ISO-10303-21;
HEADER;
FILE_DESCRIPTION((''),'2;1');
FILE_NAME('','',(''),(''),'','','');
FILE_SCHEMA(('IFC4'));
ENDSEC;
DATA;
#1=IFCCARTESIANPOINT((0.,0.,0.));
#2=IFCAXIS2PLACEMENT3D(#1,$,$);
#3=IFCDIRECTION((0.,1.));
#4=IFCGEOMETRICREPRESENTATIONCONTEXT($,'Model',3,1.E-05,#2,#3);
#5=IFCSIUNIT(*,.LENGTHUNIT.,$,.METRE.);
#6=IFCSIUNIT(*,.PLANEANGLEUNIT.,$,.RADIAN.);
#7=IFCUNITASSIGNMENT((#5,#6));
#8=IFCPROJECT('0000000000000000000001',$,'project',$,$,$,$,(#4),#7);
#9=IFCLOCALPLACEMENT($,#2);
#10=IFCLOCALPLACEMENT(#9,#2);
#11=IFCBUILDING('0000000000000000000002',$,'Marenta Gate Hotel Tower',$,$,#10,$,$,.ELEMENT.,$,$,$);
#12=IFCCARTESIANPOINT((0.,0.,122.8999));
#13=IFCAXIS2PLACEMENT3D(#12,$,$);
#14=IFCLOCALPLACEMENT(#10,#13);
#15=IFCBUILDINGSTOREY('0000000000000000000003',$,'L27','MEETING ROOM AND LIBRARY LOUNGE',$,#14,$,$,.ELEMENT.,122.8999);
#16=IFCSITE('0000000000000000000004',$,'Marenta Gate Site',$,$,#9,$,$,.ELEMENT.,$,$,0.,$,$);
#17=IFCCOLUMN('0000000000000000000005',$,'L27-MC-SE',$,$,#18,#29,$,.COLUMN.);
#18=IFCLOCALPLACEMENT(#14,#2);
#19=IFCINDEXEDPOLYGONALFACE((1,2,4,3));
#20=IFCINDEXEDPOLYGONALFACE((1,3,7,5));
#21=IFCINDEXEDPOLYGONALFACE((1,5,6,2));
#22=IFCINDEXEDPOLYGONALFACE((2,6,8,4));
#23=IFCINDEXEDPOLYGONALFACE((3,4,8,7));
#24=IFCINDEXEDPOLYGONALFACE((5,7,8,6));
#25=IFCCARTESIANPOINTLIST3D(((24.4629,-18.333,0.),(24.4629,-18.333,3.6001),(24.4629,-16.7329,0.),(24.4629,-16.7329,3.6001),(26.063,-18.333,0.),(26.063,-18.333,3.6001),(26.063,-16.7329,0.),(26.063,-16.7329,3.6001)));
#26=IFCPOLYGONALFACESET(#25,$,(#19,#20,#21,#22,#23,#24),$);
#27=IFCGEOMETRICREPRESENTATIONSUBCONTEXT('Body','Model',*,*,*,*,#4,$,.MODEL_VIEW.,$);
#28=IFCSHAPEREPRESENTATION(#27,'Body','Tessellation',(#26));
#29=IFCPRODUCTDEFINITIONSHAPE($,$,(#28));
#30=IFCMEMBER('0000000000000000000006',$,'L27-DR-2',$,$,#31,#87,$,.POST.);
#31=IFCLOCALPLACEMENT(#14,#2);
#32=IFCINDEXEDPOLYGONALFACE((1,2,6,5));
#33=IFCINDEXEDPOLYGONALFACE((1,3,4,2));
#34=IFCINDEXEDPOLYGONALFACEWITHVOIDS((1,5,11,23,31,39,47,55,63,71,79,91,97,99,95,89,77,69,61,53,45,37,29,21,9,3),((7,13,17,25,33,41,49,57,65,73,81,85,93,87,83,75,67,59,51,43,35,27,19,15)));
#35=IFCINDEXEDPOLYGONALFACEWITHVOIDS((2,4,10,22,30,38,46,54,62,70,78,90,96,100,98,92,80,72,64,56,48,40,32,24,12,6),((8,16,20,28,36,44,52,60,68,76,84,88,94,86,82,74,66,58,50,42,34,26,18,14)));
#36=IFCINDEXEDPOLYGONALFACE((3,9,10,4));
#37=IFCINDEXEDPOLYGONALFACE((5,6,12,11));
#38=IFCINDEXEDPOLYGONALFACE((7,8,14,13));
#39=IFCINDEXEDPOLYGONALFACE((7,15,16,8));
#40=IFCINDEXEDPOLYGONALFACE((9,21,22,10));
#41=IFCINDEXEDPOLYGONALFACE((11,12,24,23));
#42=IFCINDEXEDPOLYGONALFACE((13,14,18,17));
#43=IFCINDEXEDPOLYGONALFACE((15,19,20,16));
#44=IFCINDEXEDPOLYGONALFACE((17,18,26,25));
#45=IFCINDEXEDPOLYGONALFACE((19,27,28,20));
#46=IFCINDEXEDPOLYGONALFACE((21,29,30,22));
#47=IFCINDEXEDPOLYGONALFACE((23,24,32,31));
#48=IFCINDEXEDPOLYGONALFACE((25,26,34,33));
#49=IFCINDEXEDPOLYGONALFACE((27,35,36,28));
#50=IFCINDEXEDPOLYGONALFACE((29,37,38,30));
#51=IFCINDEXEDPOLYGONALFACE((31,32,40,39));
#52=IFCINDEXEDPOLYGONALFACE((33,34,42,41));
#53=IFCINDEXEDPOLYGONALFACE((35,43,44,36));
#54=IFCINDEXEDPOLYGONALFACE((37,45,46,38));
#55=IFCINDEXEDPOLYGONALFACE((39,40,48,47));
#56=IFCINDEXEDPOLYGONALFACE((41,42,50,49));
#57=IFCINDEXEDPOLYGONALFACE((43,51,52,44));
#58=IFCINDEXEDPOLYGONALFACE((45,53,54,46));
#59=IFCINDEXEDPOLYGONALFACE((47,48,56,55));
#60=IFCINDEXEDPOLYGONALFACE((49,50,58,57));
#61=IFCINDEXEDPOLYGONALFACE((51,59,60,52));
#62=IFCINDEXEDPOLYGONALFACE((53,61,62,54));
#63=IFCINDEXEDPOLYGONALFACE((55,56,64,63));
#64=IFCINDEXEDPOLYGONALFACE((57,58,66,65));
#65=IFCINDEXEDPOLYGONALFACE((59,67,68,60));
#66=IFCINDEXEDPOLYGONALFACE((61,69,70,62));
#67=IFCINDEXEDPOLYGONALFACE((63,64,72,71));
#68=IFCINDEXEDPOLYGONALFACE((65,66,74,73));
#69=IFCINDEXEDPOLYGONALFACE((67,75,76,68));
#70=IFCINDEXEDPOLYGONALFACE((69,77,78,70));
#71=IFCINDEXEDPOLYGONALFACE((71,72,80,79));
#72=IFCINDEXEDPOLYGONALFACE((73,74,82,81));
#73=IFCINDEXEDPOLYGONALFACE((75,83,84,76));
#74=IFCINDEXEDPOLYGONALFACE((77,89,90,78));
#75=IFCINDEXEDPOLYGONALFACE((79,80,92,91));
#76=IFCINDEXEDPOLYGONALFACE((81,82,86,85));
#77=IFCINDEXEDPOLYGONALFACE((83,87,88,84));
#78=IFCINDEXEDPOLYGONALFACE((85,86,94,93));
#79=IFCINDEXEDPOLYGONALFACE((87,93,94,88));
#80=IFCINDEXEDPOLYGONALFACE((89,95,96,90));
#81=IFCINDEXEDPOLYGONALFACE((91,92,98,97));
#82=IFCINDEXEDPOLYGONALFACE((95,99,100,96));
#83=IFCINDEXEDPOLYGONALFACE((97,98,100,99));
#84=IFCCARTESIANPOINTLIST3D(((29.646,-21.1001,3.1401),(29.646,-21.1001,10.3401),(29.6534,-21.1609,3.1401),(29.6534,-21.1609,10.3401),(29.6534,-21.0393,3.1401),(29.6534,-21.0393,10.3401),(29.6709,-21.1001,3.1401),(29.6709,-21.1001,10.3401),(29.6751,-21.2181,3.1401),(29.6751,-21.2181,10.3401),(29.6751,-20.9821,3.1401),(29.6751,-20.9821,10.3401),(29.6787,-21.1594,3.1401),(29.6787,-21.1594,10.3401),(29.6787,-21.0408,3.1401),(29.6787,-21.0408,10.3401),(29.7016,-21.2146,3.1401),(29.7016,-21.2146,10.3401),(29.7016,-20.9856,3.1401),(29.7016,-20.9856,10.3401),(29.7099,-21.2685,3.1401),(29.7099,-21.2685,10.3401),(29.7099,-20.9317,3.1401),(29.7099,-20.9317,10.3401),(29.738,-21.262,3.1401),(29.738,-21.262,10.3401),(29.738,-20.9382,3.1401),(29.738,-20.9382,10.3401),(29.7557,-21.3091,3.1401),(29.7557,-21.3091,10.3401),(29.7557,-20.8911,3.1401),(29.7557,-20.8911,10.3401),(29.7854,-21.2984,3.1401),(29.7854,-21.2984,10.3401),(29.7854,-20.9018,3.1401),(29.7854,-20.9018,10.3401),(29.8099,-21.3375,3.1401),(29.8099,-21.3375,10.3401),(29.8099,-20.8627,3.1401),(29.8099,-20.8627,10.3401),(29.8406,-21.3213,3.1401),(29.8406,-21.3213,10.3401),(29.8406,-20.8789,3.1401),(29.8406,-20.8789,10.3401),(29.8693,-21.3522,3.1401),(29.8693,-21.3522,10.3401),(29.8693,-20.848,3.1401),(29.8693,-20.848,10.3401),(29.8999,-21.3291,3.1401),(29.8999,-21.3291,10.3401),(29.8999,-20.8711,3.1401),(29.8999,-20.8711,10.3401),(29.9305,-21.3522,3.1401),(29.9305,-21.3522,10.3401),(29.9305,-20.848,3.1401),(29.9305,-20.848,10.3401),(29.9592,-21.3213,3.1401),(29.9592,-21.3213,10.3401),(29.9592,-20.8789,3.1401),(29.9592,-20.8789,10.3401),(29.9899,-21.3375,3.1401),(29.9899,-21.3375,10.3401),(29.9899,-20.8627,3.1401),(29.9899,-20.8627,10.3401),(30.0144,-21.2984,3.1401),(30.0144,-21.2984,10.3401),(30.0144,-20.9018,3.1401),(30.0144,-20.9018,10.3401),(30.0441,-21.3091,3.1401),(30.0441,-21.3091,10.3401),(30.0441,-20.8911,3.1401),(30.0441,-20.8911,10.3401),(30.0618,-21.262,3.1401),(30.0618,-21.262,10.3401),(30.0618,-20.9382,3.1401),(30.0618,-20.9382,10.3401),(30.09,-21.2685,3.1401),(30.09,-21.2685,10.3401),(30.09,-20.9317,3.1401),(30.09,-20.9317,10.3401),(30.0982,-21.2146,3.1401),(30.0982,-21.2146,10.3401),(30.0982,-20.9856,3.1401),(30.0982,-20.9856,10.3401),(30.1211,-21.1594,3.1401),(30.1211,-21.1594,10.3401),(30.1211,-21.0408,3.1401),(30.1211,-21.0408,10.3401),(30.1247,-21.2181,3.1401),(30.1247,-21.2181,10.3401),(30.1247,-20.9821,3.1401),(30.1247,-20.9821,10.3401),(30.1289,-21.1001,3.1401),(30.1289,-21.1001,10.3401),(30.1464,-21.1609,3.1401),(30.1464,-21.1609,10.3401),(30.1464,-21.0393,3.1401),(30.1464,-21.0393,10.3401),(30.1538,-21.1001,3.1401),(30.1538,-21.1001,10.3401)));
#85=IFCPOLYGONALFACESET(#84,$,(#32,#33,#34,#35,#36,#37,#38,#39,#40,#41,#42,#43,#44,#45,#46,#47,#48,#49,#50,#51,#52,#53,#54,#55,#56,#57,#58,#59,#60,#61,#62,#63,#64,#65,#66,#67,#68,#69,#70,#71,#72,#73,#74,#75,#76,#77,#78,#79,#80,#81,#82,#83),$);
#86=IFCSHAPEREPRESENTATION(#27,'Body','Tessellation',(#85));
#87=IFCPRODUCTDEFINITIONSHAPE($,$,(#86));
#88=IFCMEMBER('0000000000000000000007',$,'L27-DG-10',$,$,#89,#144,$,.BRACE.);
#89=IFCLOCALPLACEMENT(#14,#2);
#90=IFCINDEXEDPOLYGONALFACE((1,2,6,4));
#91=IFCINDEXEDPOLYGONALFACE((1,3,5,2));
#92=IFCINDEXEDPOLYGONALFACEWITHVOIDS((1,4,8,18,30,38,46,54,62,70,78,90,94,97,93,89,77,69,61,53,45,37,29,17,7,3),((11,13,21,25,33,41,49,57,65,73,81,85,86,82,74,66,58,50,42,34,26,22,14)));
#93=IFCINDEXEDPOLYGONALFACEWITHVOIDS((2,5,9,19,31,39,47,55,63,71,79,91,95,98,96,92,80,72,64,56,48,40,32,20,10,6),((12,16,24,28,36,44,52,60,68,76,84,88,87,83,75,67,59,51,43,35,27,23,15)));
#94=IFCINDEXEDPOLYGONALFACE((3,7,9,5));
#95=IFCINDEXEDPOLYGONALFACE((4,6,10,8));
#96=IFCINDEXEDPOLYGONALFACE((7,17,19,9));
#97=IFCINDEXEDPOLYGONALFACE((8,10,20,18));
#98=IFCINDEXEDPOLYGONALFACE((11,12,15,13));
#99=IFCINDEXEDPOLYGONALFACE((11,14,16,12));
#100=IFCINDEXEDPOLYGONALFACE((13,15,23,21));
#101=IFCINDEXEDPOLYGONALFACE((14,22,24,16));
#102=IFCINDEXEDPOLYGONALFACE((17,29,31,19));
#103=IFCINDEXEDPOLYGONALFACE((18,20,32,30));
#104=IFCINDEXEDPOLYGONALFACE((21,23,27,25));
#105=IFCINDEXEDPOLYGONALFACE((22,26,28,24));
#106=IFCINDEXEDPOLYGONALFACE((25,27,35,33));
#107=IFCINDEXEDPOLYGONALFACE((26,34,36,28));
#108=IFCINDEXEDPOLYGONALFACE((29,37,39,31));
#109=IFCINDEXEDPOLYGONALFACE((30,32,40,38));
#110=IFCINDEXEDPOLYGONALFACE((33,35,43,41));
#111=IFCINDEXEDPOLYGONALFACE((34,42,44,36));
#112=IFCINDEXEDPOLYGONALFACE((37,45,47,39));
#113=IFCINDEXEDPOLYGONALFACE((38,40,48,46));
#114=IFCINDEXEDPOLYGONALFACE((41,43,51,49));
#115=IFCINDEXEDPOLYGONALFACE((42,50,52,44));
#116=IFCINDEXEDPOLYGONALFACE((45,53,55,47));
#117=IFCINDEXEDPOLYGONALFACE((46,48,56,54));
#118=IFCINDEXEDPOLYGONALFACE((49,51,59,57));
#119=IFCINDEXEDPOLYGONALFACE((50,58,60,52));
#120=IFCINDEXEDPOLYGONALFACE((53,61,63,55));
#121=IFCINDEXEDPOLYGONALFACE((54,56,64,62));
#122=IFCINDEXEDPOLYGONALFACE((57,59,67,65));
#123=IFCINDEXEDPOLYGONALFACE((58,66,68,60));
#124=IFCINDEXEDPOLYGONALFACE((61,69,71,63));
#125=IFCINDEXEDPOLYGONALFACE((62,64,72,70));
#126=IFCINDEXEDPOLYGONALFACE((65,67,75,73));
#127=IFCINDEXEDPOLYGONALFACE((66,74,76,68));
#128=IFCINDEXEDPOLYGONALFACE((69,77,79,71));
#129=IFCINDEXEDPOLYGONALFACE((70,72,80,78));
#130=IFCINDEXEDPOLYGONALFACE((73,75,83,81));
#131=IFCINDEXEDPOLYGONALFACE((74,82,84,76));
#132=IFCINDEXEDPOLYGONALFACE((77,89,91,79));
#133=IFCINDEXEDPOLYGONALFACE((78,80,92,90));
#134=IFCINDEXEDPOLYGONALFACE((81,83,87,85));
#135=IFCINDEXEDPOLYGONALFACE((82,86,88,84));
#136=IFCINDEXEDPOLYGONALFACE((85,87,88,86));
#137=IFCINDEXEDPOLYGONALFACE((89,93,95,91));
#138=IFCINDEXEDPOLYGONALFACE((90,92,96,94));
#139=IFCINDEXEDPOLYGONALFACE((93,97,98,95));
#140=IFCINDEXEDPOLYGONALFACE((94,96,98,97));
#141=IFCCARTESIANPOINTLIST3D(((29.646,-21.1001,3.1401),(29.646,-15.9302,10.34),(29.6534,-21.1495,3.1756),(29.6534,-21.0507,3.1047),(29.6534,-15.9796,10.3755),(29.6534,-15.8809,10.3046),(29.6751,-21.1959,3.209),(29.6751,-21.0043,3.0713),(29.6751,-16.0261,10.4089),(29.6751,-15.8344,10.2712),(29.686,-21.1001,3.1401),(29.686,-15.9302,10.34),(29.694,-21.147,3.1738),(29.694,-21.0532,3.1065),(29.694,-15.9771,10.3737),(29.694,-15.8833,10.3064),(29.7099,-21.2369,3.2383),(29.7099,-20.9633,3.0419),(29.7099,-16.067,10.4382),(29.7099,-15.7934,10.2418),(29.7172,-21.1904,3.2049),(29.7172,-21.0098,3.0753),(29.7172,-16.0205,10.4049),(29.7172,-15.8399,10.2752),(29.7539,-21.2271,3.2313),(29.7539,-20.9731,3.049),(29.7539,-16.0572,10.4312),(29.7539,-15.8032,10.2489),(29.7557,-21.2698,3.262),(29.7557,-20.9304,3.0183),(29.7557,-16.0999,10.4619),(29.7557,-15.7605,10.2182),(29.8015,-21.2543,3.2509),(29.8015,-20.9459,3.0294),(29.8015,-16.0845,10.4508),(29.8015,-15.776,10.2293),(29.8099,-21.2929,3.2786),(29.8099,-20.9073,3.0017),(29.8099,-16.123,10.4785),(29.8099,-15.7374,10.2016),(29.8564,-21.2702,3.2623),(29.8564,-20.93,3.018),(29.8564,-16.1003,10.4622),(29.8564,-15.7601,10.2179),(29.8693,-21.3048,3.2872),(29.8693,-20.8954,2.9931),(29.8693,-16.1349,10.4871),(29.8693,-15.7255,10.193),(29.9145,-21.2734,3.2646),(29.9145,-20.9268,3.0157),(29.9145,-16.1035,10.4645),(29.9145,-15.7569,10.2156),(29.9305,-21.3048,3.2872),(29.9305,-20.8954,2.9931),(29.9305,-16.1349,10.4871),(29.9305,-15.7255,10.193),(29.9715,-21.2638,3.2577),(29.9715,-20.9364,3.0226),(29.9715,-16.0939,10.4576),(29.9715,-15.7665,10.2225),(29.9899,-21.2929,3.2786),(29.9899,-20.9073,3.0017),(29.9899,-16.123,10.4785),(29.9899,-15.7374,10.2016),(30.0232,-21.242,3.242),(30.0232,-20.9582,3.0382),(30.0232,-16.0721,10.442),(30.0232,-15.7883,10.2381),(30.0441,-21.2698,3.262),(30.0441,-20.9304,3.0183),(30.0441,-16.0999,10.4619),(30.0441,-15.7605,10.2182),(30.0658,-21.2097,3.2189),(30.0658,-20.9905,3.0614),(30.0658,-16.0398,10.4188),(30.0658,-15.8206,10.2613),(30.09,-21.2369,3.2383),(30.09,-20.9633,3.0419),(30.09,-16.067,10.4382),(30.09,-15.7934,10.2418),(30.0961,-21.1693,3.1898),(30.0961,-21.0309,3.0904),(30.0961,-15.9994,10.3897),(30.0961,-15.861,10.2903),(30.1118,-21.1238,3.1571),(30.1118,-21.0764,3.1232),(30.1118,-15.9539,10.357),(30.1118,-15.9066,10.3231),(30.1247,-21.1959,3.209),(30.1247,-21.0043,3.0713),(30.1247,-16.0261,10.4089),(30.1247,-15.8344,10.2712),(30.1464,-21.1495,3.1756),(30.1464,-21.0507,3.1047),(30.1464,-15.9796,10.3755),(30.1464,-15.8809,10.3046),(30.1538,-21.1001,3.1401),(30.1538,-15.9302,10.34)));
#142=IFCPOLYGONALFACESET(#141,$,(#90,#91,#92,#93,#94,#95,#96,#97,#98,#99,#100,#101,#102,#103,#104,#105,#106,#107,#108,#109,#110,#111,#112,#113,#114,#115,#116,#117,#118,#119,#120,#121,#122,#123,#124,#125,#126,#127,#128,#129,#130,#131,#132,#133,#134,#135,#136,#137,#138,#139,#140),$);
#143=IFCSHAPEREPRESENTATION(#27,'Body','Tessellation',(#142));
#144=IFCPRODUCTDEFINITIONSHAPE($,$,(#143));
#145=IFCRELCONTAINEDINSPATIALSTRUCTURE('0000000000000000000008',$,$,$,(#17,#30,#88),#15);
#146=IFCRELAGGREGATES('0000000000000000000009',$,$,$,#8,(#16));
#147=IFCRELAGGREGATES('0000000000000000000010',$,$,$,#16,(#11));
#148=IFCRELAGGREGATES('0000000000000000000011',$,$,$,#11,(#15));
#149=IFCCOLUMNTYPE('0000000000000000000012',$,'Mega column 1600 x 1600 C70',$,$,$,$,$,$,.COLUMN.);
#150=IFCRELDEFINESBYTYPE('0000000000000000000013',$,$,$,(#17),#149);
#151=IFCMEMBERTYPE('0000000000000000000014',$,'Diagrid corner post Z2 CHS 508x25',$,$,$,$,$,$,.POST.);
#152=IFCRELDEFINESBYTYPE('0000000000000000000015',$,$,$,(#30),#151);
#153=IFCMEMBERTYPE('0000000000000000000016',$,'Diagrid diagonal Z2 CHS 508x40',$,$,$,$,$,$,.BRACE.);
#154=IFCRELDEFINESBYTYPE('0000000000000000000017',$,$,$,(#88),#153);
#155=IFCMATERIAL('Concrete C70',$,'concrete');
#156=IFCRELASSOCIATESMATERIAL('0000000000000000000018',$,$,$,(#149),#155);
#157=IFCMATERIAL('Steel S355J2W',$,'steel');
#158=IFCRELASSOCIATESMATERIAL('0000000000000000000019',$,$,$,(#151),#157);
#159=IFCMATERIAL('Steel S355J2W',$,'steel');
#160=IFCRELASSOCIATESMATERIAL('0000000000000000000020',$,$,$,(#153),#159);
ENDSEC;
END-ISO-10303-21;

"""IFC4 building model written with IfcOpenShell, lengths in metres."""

from ifc_helpers import new_model, si_unit, direction, frame, origin, origin_2d, place, context, subcontext, project, spatial, rectangle, hollow_circle, extrude, material, material_profile, profile_set, type_object, element, save


model = new_model("IFC4")

# Units and contexts
model_context = context("Model", 3, precision=1e-05, world=origin(), true_north=direction((0.0, 1.0)))
body_context = subcontext(model_context, "Body", "Model", "MODEL_VIEW")
ifc_project = project(units=[si_unit("LENGTHUNIT", "METRE"), si_unit("PLANEANGLEUNIT", "RADIAN")], contexts=[model_context])

# Site, building, storey
site_placement = place(None, origin())
site = spatial("IfcSite", under=ifc_project, at=site_placement, Name="Marenta Gate Site", CompositionType="ELEMENT", RefElevation=0.0)
building_placement = place(site_placement, origin())
building = spatial("IfcBuilding", under=site, at=building_placement, Name="Marenta Gate Hotel Tower", CompositionType="ELEMENT")
storey_placement = place(building_placement, frame((0.0, 0.0, 122.8999)))
storey = spatial("IfcBuildingStorey", under=building, at=storey_placement, Name="L27", Description="MEETING ROOM AND LIBRARY LOUNGE", CompositionType="ELEMENT", Elevation=122.8999)

# Column
ifc_material_1 = material(Name="Concrete C70", Category="concrete")
ifc_material_profile_1 = material_profile(ifc_material_1, rectangle(XDim=1.6001, YDim=1.6001, at=origin_2d()), Name="1600 x 1600")
ifc_profile_set_1 = profile_set([ifc_material_profile_1], Name="Concrete C70")
column_type = type_object("IfcColumnType", Name="Mega column 1600 x 1600 C70", PredefinedType="COLUMN", material=ifc_profile_set_1)
column_placement = place(storey_placement, frame((25.2629, -17.533, 0.0), z_axis=(0.0, 0.0, 1.0), x_axis=(1.0, 0.0, 0.0)))
element("IfcColumn", 1, at=column_placement, inside=storey, type_object=column_type, Name="L27-MC-SE", PredefinedType="COLUMN", context=body_context, shape_type="SweptSolid", body=[
    extrude(rectangle(XDim=1.6001, YDim=1.6001, at=origin_2d()), origin(), (0.0, 0.0, 1.0), 3.6001),
])

# Members
ifc_material_2 = material(Name="Steel S355J2W", Category="steel")
ifc_material_profile_2 = material_profile(ifc_material_2, hollow_circle(Radius=0.2539, WallThickness=0.0249, at=origin_2d()), Name="CHS 508x25")
ifc_profile_set_2 = profile_set([ifc_material_profile_2], Name="Steel S355J2W")
member_type_1 = type_object("IfcMemberType", Name="Diagrid corner post Z2 CHS 508x25", PredefinedType="POST", material=ifc_profile_set_2)
member_1_placement = place(storey_placement, frame((29.8999, -21.1001, 3.1401), z_axis=(0.0, 0.0, 1.0), x_axis=(1.0, 0.0, 0.0)))
element("IfcMember", 2, at=member_1_placement, inside=storey, type_object=member_type_1, Name="L27-DR-2", PredefinedType="POST", context=body_context, shape_type="SweptSolid", body=[
    extrude(hollow_circle(Radius=0.2539, WallThickness=0.0249, at=origin_2d()), origin(), (0.0, 0.0, 1.0), 7.2),
])
ifc_material_3 = material(Name="Steel S355J2W", Category="steel")
ifc_material_profile_3 = material_profile(ifc_material_3, hollow_circle(Radius=0.2539, WallThickness=0.04, at=origin_2d()), Name="CHS 508x40")
ifc_profile_set_3 = profile_set([ifc_material_profile_3], Name="Steel S355J2W")
member_type_2 = type_object("IfcMemberType", Name="Diagrid diagonal Z2 CHS 508x40", PredefinedType="BRACE", material=ifc_profile_set_3)
member_2_placement = place(storey_placement, frame((29.8999, -21.1001, 3.1401), z_axis=(0.0, 0.583261, 0.812285), x_axis=(-1.0, 0.0, 0.0)))
element("IfcMember", 3, at=member_2_placement, inside=storey, type_object=member_type_2, Name="L27-DG-10", PredefinedType="BRACE", context=body_context, shape_type="SweptSolid", body=[
    extrude(hollow_circle(Radius=0.2539, WallThickness=0.04, at=origin_2d()), origin(), (0.0, 0.0, 1.0), 8.8638),
])

save(model, "model.ifc")
